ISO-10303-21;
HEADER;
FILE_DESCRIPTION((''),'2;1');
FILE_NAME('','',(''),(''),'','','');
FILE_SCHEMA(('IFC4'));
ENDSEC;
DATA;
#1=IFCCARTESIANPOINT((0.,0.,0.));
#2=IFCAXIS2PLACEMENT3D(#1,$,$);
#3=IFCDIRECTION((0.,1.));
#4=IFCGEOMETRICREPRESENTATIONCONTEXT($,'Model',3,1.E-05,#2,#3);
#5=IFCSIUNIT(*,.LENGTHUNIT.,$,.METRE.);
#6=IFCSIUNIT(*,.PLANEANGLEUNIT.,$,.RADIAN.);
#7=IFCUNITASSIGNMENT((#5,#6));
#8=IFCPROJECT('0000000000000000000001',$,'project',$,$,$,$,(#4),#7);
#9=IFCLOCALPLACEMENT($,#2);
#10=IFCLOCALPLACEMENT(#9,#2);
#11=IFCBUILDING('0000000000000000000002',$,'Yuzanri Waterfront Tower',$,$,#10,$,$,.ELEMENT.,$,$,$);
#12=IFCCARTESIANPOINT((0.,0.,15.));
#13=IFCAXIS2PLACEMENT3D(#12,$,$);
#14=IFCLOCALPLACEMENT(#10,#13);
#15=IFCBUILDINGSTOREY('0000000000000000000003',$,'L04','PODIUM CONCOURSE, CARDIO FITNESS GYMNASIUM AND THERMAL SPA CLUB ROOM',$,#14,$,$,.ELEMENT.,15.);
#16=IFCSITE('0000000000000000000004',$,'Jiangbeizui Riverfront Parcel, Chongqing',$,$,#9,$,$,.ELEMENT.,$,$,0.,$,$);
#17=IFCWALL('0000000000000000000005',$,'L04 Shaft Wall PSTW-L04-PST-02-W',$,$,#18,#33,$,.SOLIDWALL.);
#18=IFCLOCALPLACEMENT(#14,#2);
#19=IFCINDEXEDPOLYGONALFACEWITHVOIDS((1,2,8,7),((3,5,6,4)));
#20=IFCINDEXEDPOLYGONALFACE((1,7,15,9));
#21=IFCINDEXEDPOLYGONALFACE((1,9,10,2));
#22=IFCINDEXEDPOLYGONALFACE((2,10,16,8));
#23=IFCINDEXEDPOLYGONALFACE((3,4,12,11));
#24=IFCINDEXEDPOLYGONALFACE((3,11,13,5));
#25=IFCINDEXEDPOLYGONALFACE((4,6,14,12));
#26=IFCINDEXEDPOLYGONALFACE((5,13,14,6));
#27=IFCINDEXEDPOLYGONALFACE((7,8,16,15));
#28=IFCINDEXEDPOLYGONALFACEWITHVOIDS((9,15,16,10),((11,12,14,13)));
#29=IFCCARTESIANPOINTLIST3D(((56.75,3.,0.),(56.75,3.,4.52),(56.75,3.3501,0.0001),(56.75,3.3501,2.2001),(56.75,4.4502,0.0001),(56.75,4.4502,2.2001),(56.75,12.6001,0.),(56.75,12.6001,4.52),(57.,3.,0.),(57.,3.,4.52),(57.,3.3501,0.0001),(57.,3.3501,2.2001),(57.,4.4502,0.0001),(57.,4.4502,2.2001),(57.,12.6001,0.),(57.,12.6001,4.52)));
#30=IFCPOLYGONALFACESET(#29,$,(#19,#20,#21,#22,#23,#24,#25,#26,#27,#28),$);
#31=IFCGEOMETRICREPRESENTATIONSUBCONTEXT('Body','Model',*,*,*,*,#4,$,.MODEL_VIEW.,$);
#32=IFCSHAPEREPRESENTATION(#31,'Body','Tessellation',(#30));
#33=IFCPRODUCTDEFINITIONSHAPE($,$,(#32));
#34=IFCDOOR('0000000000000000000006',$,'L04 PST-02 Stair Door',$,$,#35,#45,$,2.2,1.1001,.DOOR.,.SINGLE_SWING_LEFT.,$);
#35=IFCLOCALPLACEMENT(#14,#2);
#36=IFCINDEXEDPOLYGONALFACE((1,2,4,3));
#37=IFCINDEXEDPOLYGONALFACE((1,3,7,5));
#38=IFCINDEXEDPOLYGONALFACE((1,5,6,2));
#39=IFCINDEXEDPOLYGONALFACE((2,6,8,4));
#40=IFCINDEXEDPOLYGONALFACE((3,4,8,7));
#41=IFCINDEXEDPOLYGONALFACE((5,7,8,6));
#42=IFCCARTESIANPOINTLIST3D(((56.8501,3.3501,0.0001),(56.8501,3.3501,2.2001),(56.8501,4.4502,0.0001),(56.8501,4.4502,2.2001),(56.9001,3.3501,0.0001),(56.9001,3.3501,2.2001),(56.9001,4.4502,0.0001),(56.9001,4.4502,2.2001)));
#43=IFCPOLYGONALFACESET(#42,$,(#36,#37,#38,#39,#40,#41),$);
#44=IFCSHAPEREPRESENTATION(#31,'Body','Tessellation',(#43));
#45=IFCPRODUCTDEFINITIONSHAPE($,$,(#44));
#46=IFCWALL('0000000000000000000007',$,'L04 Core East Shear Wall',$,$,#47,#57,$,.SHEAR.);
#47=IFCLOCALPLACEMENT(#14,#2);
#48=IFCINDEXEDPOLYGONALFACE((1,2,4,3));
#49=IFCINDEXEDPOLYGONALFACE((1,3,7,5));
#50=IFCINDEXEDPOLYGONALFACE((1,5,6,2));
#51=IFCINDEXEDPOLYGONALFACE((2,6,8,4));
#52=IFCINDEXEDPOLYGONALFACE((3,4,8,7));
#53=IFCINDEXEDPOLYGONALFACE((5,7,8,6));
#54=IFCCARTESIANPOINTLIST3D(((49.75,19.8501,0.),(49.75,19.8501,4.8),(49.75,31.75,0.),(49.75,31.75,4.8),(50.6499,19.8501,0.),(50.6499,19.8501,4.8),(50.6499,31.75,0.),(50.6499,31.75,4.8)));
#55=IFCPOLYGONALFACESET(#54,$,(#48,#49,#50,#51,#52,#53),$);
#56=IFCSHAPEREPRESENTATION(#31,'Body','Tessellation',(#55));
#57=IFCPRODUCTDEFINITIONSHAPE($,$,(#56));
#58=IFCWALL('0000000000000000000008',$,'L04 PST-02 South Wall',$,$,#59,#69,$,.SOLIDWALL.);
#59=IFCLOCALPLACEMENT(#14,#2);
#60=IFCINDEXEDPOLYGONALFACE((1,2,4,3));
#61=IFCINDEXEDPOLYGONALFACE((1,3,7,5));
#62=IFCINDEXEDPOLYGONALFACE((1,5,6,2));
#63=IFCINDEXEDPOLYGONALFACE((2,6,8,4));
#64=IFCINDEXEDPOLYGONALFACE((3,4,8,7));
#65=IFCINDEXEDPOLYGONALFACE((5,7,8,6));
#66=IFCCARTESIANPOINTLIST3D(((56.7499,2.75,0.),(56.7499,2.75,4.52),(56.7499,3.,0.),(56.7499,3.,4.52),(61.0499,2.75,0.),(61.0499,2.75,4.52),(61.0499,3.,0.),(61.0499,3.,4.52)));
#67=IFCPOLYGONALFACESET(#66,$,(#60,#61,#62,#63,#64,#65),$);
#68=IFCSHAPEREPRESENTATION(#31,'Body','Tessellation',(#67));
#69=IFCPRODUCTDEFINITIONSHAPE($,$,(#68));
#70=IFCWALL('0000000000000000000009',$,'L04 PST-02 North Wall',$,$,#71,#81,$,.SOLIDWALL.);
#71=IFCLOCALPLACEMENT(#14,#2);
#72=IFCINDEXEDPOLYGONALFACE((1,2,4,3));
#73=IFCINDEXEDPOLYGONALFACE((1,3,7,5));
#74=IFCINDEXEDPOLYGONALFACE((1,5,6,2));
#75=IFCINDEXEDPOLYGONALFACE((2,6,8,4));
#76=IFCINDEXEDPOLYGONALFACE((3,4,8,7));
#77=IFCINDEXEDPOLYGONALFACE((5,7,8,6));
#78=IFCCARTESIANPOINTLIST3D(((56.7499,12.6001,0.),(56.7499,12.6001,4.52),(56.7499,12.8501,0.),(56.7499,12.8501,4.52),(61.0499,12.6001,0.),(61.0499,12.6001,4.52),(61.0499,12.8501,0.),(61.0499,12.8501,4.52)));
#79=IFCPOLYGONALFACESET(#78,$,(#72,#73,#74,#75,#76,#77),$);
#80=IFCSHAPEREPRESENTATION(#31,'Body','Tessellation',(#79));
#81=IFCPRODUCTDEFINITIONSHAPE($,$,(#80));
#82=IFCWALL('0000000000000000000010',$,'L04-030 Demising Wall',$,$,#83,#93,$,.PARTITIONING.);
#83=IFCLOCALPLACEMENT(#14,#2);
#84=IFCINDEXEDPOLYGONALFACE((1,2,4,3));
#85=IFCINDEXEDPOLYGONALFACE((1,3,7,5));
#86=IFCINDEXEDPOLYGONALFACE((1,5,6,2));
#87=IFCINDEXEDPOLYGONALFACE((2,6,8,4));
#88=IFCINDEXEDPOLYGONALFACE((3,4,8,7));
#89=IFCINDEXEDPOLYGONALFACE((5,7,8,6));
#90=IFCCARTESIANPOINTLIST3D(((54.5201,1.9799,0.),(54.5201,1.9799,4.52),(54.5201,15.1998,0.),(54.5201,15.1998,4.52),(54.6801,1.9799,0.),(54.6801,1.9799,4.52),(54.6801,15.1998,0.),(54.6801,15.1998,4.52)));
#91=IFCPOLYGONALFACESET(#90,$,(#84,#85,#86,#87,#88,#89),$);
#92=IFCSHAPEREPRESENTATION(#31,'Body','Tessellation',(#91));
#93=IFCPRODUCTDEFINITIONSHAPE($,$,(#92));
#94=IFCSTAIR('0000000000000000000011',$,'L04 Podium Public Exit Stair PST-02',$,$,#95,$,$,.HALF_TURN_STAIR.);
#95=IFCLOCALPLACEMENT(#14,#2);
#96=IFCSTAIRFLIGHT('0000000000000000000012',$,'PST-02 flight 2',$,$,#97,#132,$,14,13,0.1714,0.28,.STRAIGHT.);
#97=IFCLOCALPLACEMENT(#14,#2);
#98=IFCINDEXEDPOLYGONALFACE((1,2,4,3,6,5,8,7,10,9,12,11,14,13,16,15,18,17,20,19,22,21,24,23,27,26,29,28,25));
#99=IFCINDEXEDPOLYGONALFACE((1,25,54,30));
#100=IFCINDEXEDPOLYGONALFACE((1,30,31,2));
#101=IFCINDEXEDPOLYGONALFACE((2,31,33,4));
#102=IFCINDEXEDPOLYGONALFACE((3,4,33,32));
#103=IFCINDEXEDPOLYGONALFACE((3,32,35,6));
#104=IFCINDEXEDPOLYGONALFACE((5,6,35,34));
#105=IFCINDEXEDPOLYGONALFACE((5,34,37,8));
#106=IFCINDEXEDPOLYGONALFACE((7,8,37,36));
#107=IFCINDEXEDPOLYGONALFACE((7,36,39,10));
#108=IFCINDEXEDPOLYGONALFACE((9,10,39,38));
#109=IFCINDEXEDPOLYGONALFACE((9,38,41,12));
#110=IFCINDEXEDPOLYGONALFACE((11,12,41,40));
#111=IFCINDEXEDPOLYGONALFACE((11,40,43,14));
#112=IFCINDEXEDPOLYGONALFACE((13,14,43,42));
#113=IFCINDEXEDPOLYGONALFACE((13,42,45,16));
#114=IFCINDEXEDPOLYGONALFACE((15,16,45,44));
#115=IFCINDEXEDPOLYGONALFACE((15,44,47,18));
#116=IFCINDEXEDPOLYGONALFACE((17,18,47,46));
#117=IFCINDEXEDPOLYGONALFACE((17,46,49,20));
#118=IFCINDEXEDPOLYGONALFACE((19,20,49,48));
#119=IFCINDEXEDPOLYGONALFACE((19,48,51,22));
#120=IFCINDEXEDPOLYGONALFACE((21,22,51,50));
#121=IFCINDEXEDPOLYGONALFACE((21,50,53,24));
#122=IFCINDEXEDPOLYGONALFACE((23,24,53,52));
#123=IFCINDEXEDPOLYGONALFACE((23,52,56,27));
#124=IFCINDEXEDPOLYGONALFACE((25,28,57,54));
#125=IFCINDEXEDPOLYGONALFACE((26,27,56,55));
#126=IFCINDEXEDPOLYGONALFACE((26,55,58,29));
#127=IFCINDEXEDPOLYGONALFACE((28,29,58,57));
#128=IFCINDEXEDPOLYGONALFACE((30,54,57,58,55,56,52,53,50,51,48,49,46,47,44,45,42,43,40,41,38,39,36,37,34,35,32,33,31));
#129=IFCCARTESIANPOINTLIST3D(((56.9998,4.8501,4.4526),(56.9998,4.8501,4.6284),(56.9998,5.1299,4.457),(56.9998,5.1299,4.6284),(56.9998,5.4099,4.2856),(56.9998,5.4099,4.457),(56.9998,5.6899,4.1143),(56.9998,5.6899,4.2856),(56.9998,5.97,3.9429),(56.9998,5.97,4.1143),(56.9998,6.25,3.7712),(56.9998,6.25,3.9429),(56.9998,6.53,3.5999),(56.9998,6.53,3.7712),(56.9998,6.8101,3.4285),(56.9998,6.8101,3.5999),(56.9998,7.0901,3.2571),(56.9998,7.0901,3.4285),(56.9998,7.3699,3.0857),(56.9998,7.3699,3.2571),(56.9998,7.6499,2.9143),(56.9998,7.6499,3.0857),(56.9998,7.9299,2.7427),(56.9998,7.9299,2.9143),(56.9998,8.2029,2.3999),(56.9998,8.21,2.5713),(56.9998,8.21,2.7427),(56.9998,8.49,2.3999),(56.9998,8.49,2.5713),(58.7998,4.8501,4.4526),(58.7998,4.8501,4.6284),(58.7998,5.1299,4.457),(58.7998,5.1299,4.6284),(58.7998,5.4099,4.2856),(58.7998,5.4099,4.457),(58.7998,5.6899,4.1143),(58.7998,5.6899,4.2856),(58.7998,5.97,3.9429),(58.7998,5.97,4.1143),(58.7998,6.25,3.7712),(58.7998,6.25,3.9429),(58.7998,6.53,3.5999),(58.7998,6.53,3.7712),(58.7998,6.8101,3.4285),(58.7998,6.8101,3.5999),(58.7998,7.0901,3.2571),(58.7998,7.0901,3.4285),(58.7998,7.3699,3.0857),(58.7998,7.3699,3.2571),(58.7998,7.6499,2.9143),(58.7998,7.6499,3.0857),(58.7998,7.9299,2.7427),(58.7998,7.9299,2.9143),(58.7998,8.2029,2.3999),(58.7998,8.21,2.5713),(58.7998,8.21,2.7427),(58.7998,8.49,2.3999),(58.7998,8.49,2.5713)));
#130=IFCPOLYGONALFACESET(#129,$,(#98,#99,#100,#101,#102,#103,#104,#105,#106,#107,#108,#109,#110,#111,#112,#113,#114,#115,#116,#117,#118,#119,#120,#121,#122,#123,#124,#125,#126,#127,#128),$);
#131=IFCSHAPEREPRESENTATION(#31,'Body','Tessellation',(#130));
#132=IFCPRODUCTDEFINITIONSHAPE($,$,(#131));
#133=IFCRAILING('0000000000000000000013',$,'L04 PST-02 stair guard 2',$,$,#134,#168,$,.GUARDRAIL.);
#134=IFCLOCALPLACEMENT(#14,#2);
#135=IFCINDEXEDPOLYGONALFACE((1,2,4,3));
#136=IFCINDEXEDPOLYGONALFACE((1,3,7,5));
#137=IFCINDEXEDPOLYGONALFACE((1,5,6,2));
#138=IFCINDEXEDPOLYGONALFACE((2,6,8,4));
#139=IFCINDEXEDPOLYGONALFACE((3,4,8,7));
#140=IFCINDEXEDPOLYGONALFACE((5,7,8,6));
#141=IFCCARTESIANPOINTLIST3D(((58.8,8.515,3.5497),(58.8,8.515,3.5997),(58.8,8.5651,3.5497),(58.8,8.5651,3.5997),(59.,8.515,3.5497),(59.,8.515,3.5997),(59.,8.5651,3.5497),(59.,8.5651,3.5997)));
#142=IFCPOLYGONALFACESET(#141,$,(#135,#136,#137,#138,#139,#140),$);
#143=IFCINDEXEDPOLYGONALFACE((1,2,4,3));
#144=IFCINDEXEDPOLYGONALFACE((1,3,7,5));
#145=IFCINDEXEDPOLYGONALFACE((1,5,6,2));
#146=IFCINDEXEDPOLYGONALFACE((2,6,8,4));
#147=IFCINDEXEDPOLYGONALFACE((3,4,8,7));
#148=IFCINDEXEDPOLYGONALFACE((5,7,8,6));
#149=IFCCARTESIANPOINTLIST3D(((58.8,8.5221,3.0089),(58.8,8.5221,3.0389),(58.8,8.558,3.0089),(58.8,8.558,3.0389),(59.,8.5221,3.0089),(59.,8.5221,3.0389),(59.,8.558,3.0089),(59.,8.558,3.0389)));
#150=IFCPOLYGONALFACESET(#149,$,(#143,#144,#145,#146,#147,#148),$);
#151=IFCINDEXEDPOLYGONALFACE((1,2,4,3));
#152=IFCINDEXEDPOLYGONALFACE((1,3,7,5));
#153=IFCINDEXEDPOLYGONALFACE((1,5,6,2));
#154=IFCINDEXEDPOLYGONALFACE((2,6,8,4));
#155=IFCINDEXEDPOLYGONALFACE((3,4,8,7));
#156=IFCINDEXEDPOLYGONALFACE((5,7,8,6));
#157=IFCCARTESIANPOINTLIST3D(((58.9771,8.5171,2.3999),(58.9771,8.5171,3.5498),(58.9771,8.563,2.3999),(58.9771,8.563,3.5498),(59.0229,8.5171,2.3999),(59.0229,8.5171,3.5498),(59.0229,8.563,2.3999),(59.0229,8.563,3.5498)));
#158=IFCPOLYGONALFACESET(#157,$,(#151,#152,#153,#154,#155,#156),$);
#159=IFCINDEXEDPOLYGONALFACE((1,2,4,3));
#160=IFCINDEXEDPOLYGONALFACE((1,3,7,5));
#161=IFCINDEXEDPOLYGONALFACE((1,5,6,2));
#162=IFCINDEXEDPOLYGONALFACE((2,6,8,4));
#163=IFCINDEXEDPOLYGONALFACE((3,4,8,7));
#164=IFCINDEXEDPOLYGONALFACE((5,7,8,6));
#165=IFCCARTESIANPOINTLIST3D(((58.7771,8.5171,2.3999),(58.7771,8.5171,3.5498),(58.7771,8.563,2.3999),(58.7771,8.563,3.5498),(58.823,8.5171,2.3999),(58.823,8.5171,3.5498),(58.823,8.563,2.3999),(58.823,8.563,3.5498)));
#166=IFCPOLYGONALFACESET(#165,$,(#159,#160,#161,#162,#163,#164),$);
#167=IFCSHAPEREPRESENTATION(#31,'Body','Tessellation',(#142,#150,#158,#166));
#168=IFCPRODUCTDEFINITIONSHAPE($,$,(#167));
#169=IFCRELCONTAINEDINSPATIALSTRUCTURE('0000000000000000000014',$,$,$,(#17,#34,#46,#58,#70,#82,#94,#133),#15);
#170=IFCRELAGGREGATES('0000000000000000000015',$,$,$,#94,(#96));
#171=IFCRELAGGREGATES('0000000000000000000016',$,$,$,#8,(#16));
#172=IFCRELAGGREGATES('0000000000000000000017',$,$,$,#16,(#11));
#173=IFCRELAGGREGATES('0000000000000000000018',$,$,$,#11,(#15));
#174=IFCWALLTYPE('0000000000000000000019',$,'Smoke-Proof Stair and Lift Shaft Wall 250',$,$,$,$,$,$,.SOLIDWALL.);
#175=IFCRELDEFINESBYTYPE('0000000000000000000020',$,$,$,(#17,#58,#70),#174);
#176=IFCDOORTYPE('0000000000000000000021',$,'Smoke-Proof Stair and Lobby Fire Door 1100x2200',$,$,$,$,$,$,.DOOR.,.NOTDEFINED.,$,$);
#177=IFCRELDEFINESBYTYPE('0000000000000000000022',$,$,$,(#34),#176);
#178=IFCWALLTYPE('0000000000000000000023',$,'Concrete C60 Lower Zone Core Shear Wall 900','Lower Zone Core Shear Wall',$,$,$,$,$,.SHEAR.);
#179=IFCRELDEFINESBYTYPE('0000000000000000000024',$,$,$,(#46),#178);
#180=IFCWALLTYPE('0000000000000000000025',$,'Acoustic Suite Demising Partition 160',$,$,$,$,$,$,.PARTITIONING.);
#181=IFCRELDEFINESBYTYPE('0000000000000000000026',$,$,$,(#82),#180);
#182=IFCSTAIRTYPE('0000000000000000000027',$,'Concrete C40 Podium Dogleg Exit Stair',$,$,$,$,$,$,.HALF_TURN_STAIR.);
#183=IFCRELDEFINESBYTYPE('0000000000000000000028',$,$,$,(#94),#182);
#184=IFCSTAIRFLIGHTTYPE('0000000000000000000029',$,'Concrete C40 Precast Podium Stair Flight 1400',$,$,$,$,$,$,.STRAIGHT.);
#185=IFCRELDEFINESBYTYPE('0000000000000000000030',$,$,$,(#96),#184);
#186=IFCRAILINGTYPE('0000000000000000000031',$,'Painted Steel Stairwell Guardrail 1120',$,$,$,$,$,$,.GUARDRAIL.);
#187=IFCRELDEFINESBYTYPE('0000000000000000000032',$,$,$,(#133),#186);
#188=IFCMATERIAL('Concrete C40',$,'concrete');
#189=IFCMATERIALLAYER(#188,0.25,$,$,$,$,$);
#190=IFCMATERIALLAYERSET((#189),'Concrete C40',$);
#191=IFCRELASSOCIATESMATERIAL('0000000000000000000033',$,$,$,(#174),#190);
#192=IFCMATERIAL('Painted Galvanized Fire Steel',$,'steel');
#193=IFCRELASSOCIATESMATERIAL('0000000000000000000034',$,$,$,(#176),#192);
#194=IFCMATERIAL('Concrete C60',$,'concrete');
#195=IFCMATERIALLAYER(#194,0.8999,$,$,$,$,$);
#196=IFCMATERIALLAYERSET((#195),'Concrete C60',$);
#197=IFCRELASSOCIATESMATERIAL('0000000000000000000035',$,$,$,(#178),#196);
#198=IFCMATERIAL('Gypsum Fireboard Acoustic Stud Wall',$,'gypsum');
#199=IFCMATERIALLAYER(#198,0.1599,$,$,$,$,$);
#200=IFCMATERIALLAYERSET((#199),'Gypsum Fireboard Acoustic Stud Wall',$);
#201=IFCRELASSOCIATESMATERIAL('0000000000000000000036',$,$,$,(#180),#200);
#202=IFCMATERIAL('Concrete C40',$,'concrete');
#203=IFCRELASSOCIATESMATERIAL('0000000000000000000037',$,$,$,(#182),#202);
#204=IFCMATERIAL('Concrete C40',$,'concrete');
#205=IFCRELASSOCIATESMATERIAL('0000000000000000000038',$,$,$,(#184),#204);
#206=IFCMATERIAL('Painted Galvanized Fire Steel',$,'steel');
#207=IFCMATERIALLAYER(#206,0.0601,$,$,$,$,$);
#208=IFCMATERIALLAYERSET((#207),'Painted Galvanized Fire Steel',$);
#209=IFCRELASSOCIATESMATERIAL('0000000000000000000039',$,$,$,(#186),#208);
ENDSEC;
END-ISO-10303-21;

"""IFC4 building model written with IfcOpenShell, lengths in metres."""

from ifc_helpers import new_model, si_unit, direction, frame, frame_2d, origin, origin_2d, place, context, subcontext, project, spatial, polyline, rectangle, outline, extrude, source, transform, mapped, material, layer, layer_set, type_object, element, fill, aggregate, save


model = new_model("IFC4")

# Units and contexts
model_context = context("Model", 3, precision=1e-05, world=origin(), true_north=direction((0.0, 1.0)))
body_context = subcontext(model_context, "Body", "Model", "MODEL_VIEW")
ifc_project = project(units=[si_unit("LENGTHUNIT", "METRE"), si_unit("PLANEANGLEUNIT", "RADIAN")], contexts=[model_context])

# Site, building, storey
site_placement = place(None, origin())
site = spatial("IfcSite", under=ifc_project, at=site_placement, Name="Jiangbeizui Riverfront Parcel, Chongqing", CompositionType="ELEMENT", RefElevation=0.0)
building_placement = place(site_placement, origin())
building = spatial("IfcBuilding", under=site, at=building_placement, Name="Yuzanri Waterfront Tower", CompositionType="ELEMENT")
storey_placement = place(building_placement, frame((0.0, 0.0, 15.0)))
storey = spatial("IfcBuildingStorey", under=building, at=storey_placement, Name="L04", Description="PODIUM CONCOURSE, CARDIO FITNESS GYMNASIUM AND THERMAL SPA CLUB ROOM", CompositionType="ELEMENT", Elevation=15.0)

# Wall, opening, door
ifc_material_1 = material(Name="Concrete C40", Category="concrete")
ifc_layer_1 = layer(ifc_material_1, 0.25)
ifc_layer_set_1 = layer_set([ifc_layer_1], Name="Concrete C40")
wall_type_1 = type_object("IfcWallType", Name="Smoke-Proof Stair and Lift Shaft Wall 250", PredefinedType="SOLIDWALL", material=ifc_layer_set_1)
wall_1_placement = place(storey_placement, frame((56.875, 3.0, 0.0), z_axis=(0.0, 0.0, 1.0), x_axis=(0.0, 1.0, 0.0)))
wall_1 = element("IfcWall", 1, at=wall_1_placement, inside=storey, type_object=wall_type_1, Name="L04 Shaft Wall PSTW-L04-PST-02-W", PredefinedType="SOLIDWALL", context=body_context, shape_type="SweptSolid", body=[
    extrude(rectangle(XDim=9.6001, YDim=0.25, at=frame_2d((4.8, 0.0))), origin(), (0.0, 0.0, 1.0), 4.52),
])
opening_placement = place(wall_1_placement, frame((0.3501, 0.0, 0.0)))
opening = element("IfcOpeningElement", 2, at=opening_placement, cuts=wall_1, PredefinedType="OPENING", context=body_context, shape_type="SweptSolid", body=[
    extrude(rectangle(XDim=1.1001, YDim=2.2, at=frame_2d((0.55, 1.1001))), frame((0.0, 0.1399, 0.0), z_axis=(0.0, -1.0, 0.0), x_axis=(1.0, 0.0, 0.0)), (0.0, 0.0, 1.0), 0.2798),
])
ifc_material_2 = material(Name="Painted Galvanized Fire Steel", Category="steel")
door_type = type_object("IfcDoorType", Name="Smoke-Proof Stair and Lobby Fire Door 1100x2200", OperationType="NOTDEFINED", PredefinedType="DOOR", material=ifc_material_2)
shared_shape_1 = source(origin(), body_context, "Body", "SweptSolid", [
    extrude(rectangle(XDim=1.1001, YDim=2.2, at=frame_2d((0.55, 1.1001))), frame((0.0, 0.0249, 0.0), z_axis=(0.0, -1.0, 0.0), x_axis=(1.0, 0.0, 0.0)), (0.0, 0.0, 1.0), 0.05),
])
door_placement = place(opening_placement, origin())
door = element("IfcDoor", 3, at=door_placement, inside=storey, type_object=door_type, Name="L04 PST-02 Stair Door", OperationType="SINGLE_SWING_LEFT", OverallHeight=2.2, OverallWidth=1.1001, PredefinedType="DOOR", context=body_context, shape_type="MappedRepresentation", body=[
    mapped(shared_shape_1, transform((0.0, 0.0, 0.0), scale=1.0)),
])
fill(opening, door)

# Walls
ifc_material_3 = material(Name="Concrete C60", Category="concrete")
ifc_layer_2 = layer(ifc_material_3, 0.8999)
ifc_layer_set_2 = layer_set([ifc_layer_2], Name="Concrete C60")
wall_type_2 = type_object("IfcWallType", Name="Concrete C60 Lower Zone Core Shear Wall 900", Description="Lower Zone Core Shear Wall", PredefinedType="SHEAR", material=ifc_layer_set_2)
shared_shape_2 = source(origin(), body_context, "Body", "SweptSolid", [
    extrude(rectangle(XDim=11.8999, YDim=0.8999, at=frame_2d((5.95, 0.0))), origin(), (0.0, 0.0, 1.0), 4.8),
])
wall_2_placement = place(storey_placement, frame((50.2, 19.8501, 0.0), z_axis=(0.0, 0.0, 1.0), x_axis=(0.0, 1.0, 0.0)))
element("IfcWall", 4, at=wall_2_placement, inside=storey, type_object=wall_type_2, Name="L04 Core East Shear Wall", PredefinedType="SHEAR", context=body_context, shape_type="MappedRepresentation", body=[
    mapped(shared_shape_2, transform((0.0, 0.0, 0.0), scale=1.0)),
])
shared_shape_3 = source(origin(), body_context, "Body", "SweptSolid", [
    extrude(rectangle(XDim=4.3, YDim=0.25, at=frame_2d((2.1499, 0.0))), origin(), (0.0, 0.0, 1.0), 4.52),
])
for number, where, z_axis, x_axis, name in (
    (5, (56.75, 2.875, 0.0), (0.0, 0.0, 1.0), (1.0, 0.0, 0.0), "L04 PST-02 South Wall"),
    (6, (56.75, 12.7251, 0.0), (0.0, 0.0, 1.0), (1.0, 0.0, 0.0), "L04 PST-02 North Wall"),
):
    element("IfcWall", number, at=place(storey_placement, frame(where, z_axis=z_axis, x_axis=x_axis)), inside=storey, type_object=wall_type_1, Name=name, PredefinedType="SOLIDWALL", context=body_context, shape_type="MappedRepresentation", body=[
        mapped(shared_shape_3, transform((0.0, 0.0, 0.0), scale=1.0)),
    ])
ifc_material_4 = material(Name="Gypsum Fireboard Acoustic Stud Wall", Category="gypsum")
ifc_layer_3 = layer(ifc_material_4, 0.1599)
ifc_layer_set_3 = layer_set([ifc_layer_3], Name="Gypsum Fireboard Acoustic Stud Wall")
wall_type_3 = type_object("IfcWallType", Name="Acoustic Suite Demising Partition 160", PredefinedType="PARTITIONING", material=ifc_layer_set_3)
shared_shape_4 = source(origin(), body_context, "Body", "SweptSolid", [
    extrude(rectangle(XDim=13.22, YDim=0.1599, at=frame_2d((6.6099, 0.0))), origin(), (0.0, 0.0, 1.0), 4.52),
])
wall_3_placement = place(storey_placement, frame((54.6001, 1.98, 0.0), z_axis=(0.0, 0.0, 1.0), x_axis=(0.0, 1.0, 0.0)))
element("IfcWall", 7, at=wall_3_placement, inside=storey, type_object=wall_type_3, Name="L04-030 Demising Wall", PredefinedType="PARTITIONING", context=body_context, shape_type="MappedRepresentation", body=[
    mapped(shared_shape_4, transform((0.0, 0.0, 0.0), scale=1.0)),
])

# Stair, stair flight
ifc_material_5 = material(Name="Concrete C40", Category="concrete")
stair_type = type_object("IfcStairType", Name="Concrete C40 Podium Dogleg Exit Stair", PredefinedType="HALF_TURN_STAIR", material=ifc_material_5)
stair_placement = place(storey_placement, origin())
stair = element("IfcStair", 8, at=stair_placement, inside=storey, type_object=stair_type, Name="L04 Podium Public Exit Stair PST-02", PredefinedType="HALF_TURN_STAIR")
ifc_material_6 = material(Name="Concrete C40", Category="concrete")
stair_flight_type = type_object("IfcStairFlightType", Name="Concrete C40 Precast Podium Stair Flight 1400", PredefinedType="STRAIGHT", material=ifc_material_6)
shared_shape_5 = source(origin(), body_context, "Body", "SweptSolid", [
    extrude(outline(polyline([(0.0, 0.0), (0.0, 0.1714), (0.28, 0.1714), (0.28, 0.3428), (0.5601, 0.3428), (0.5601, 0.5144), (0.8401, 0.5144), (0.8401, 0.6858), (1.1201, 0.6858), (1.1201, 0.8572), (1.3999, 0.8572), (1.3999, 1.0286), (1.6799, 1.0286), (1.6799, 1.2), (1.96, 1.2), (1.96, 1.3713), (2.24, 1.3713), (2.24, 1.543), (2.52, 1.543), (2.52, 1.7144), (2.8, 1.7144), (2.8, 1.8857), (3.0801, 1.8857), (3.0801, 2.0571), (3.3601, 2.0571), (3.3601, 2.2285), (3.6399, 2.2285), (3.6399, 2.3999), (3.6399, 2.0527), (0.2871, 0.0), (0.0, 0.0)])), frame((0.0, 0.8999, 0.0), z_axis=(0.0, -1.0, 0.0), x_axis=(1.0, 0.0, 0.0)), (0.0, 0.0, 1.0), 1.8),
])
stair_flight_placement = place(storey_placement, frame((57.8999, 8.49, 2.3999), z_axis=(0.0, 0.0, 1.0), x_axis=(0.0, -1.0, 0.0)))
stair_flight = element("IfcStairFlight", 9, at=stair_flight_placement, type_object=stair_flight_type, Name="PST-02 flight 2", NumberOfRisers=14, NumberOfTreads=13, PredefinedType="STRAIGHT", RiserHeight=0.1714, TreadLength=0.28, context=body_context, shape_type="MappedRepresentation", body=[
    mapped(shared_shape_5, transform((0.0, 0.0, 0.0), scale=1.0)),
])
aggregate(stair, [stair_flight])

# Railing
ifc_material_7 = material(Name="Painted Galvanized Fire Steel", Category="steel")
ifc_layer_4 = layer(ifc_material_7, 0.0601)
ifc_layer_set_4 = layer_set([ifc_layer_4], Name="Painted Galvanized Fire Steel")
railing_type_1 = type_object("IfcRailingType", Name="Painted Steel Stairwell Guardrail 1120", PredefinedType="GUARDRAIL", material=ifc_layer_set_4)
shared_shape_6 = source(origin(), body_context, "Body", "SweptSolid", [
    extrude(rectangle(XDim=0.05, YDim=0.05, at=origin_2d()), frame((0.0, 0.0, 1.1748), z_axis=(-1.0, 0.0, 0.0), x_axis=(0.0, -1.0, 0.0)), (0.0, 0.0, 1.0), 0.2),
    extrude(rectangle(XDim=0.0359, YDim=0.03, at=origin_2d()), frame((0.0, 0.0, 0.624), z_axis=(-1.0, 0.0, 0.0), x_axis=(0.0, -1.0, 0.0)), (0.0, 0.0, 1.0), 0.2),
    extrude(rectangle(XDim=0.0459, YDim=0.0459, at=origin_2d()), origin(), (0.0, 0.0, 1.0), 1.1499),
    extrude(rectangle(XDim=0.0459, YDim=0.0459, at=origin_2d()), frame((-0.2, 0.0, 0.0)), (0.0, 0.0, 1.0), 1.1499),
])
for number, where, name in (
    (10, (59.0, 8.54, 2.3999), "L04 PST-02 stair guard 2"),
):
    element("IfcRailing", number, at=place(storey_placement, frame(where)), inside=storey, type_object=railing_type_1, Name=name, PredefinedType="GUARDRAIL", context=body_context, shape_type="MappedRepresentation", body=[
        mapped(shared_shape_6, transform((0.0, 0.0, 0.0), scale=1.0)),
    ])

save(model, "model.ifc")
